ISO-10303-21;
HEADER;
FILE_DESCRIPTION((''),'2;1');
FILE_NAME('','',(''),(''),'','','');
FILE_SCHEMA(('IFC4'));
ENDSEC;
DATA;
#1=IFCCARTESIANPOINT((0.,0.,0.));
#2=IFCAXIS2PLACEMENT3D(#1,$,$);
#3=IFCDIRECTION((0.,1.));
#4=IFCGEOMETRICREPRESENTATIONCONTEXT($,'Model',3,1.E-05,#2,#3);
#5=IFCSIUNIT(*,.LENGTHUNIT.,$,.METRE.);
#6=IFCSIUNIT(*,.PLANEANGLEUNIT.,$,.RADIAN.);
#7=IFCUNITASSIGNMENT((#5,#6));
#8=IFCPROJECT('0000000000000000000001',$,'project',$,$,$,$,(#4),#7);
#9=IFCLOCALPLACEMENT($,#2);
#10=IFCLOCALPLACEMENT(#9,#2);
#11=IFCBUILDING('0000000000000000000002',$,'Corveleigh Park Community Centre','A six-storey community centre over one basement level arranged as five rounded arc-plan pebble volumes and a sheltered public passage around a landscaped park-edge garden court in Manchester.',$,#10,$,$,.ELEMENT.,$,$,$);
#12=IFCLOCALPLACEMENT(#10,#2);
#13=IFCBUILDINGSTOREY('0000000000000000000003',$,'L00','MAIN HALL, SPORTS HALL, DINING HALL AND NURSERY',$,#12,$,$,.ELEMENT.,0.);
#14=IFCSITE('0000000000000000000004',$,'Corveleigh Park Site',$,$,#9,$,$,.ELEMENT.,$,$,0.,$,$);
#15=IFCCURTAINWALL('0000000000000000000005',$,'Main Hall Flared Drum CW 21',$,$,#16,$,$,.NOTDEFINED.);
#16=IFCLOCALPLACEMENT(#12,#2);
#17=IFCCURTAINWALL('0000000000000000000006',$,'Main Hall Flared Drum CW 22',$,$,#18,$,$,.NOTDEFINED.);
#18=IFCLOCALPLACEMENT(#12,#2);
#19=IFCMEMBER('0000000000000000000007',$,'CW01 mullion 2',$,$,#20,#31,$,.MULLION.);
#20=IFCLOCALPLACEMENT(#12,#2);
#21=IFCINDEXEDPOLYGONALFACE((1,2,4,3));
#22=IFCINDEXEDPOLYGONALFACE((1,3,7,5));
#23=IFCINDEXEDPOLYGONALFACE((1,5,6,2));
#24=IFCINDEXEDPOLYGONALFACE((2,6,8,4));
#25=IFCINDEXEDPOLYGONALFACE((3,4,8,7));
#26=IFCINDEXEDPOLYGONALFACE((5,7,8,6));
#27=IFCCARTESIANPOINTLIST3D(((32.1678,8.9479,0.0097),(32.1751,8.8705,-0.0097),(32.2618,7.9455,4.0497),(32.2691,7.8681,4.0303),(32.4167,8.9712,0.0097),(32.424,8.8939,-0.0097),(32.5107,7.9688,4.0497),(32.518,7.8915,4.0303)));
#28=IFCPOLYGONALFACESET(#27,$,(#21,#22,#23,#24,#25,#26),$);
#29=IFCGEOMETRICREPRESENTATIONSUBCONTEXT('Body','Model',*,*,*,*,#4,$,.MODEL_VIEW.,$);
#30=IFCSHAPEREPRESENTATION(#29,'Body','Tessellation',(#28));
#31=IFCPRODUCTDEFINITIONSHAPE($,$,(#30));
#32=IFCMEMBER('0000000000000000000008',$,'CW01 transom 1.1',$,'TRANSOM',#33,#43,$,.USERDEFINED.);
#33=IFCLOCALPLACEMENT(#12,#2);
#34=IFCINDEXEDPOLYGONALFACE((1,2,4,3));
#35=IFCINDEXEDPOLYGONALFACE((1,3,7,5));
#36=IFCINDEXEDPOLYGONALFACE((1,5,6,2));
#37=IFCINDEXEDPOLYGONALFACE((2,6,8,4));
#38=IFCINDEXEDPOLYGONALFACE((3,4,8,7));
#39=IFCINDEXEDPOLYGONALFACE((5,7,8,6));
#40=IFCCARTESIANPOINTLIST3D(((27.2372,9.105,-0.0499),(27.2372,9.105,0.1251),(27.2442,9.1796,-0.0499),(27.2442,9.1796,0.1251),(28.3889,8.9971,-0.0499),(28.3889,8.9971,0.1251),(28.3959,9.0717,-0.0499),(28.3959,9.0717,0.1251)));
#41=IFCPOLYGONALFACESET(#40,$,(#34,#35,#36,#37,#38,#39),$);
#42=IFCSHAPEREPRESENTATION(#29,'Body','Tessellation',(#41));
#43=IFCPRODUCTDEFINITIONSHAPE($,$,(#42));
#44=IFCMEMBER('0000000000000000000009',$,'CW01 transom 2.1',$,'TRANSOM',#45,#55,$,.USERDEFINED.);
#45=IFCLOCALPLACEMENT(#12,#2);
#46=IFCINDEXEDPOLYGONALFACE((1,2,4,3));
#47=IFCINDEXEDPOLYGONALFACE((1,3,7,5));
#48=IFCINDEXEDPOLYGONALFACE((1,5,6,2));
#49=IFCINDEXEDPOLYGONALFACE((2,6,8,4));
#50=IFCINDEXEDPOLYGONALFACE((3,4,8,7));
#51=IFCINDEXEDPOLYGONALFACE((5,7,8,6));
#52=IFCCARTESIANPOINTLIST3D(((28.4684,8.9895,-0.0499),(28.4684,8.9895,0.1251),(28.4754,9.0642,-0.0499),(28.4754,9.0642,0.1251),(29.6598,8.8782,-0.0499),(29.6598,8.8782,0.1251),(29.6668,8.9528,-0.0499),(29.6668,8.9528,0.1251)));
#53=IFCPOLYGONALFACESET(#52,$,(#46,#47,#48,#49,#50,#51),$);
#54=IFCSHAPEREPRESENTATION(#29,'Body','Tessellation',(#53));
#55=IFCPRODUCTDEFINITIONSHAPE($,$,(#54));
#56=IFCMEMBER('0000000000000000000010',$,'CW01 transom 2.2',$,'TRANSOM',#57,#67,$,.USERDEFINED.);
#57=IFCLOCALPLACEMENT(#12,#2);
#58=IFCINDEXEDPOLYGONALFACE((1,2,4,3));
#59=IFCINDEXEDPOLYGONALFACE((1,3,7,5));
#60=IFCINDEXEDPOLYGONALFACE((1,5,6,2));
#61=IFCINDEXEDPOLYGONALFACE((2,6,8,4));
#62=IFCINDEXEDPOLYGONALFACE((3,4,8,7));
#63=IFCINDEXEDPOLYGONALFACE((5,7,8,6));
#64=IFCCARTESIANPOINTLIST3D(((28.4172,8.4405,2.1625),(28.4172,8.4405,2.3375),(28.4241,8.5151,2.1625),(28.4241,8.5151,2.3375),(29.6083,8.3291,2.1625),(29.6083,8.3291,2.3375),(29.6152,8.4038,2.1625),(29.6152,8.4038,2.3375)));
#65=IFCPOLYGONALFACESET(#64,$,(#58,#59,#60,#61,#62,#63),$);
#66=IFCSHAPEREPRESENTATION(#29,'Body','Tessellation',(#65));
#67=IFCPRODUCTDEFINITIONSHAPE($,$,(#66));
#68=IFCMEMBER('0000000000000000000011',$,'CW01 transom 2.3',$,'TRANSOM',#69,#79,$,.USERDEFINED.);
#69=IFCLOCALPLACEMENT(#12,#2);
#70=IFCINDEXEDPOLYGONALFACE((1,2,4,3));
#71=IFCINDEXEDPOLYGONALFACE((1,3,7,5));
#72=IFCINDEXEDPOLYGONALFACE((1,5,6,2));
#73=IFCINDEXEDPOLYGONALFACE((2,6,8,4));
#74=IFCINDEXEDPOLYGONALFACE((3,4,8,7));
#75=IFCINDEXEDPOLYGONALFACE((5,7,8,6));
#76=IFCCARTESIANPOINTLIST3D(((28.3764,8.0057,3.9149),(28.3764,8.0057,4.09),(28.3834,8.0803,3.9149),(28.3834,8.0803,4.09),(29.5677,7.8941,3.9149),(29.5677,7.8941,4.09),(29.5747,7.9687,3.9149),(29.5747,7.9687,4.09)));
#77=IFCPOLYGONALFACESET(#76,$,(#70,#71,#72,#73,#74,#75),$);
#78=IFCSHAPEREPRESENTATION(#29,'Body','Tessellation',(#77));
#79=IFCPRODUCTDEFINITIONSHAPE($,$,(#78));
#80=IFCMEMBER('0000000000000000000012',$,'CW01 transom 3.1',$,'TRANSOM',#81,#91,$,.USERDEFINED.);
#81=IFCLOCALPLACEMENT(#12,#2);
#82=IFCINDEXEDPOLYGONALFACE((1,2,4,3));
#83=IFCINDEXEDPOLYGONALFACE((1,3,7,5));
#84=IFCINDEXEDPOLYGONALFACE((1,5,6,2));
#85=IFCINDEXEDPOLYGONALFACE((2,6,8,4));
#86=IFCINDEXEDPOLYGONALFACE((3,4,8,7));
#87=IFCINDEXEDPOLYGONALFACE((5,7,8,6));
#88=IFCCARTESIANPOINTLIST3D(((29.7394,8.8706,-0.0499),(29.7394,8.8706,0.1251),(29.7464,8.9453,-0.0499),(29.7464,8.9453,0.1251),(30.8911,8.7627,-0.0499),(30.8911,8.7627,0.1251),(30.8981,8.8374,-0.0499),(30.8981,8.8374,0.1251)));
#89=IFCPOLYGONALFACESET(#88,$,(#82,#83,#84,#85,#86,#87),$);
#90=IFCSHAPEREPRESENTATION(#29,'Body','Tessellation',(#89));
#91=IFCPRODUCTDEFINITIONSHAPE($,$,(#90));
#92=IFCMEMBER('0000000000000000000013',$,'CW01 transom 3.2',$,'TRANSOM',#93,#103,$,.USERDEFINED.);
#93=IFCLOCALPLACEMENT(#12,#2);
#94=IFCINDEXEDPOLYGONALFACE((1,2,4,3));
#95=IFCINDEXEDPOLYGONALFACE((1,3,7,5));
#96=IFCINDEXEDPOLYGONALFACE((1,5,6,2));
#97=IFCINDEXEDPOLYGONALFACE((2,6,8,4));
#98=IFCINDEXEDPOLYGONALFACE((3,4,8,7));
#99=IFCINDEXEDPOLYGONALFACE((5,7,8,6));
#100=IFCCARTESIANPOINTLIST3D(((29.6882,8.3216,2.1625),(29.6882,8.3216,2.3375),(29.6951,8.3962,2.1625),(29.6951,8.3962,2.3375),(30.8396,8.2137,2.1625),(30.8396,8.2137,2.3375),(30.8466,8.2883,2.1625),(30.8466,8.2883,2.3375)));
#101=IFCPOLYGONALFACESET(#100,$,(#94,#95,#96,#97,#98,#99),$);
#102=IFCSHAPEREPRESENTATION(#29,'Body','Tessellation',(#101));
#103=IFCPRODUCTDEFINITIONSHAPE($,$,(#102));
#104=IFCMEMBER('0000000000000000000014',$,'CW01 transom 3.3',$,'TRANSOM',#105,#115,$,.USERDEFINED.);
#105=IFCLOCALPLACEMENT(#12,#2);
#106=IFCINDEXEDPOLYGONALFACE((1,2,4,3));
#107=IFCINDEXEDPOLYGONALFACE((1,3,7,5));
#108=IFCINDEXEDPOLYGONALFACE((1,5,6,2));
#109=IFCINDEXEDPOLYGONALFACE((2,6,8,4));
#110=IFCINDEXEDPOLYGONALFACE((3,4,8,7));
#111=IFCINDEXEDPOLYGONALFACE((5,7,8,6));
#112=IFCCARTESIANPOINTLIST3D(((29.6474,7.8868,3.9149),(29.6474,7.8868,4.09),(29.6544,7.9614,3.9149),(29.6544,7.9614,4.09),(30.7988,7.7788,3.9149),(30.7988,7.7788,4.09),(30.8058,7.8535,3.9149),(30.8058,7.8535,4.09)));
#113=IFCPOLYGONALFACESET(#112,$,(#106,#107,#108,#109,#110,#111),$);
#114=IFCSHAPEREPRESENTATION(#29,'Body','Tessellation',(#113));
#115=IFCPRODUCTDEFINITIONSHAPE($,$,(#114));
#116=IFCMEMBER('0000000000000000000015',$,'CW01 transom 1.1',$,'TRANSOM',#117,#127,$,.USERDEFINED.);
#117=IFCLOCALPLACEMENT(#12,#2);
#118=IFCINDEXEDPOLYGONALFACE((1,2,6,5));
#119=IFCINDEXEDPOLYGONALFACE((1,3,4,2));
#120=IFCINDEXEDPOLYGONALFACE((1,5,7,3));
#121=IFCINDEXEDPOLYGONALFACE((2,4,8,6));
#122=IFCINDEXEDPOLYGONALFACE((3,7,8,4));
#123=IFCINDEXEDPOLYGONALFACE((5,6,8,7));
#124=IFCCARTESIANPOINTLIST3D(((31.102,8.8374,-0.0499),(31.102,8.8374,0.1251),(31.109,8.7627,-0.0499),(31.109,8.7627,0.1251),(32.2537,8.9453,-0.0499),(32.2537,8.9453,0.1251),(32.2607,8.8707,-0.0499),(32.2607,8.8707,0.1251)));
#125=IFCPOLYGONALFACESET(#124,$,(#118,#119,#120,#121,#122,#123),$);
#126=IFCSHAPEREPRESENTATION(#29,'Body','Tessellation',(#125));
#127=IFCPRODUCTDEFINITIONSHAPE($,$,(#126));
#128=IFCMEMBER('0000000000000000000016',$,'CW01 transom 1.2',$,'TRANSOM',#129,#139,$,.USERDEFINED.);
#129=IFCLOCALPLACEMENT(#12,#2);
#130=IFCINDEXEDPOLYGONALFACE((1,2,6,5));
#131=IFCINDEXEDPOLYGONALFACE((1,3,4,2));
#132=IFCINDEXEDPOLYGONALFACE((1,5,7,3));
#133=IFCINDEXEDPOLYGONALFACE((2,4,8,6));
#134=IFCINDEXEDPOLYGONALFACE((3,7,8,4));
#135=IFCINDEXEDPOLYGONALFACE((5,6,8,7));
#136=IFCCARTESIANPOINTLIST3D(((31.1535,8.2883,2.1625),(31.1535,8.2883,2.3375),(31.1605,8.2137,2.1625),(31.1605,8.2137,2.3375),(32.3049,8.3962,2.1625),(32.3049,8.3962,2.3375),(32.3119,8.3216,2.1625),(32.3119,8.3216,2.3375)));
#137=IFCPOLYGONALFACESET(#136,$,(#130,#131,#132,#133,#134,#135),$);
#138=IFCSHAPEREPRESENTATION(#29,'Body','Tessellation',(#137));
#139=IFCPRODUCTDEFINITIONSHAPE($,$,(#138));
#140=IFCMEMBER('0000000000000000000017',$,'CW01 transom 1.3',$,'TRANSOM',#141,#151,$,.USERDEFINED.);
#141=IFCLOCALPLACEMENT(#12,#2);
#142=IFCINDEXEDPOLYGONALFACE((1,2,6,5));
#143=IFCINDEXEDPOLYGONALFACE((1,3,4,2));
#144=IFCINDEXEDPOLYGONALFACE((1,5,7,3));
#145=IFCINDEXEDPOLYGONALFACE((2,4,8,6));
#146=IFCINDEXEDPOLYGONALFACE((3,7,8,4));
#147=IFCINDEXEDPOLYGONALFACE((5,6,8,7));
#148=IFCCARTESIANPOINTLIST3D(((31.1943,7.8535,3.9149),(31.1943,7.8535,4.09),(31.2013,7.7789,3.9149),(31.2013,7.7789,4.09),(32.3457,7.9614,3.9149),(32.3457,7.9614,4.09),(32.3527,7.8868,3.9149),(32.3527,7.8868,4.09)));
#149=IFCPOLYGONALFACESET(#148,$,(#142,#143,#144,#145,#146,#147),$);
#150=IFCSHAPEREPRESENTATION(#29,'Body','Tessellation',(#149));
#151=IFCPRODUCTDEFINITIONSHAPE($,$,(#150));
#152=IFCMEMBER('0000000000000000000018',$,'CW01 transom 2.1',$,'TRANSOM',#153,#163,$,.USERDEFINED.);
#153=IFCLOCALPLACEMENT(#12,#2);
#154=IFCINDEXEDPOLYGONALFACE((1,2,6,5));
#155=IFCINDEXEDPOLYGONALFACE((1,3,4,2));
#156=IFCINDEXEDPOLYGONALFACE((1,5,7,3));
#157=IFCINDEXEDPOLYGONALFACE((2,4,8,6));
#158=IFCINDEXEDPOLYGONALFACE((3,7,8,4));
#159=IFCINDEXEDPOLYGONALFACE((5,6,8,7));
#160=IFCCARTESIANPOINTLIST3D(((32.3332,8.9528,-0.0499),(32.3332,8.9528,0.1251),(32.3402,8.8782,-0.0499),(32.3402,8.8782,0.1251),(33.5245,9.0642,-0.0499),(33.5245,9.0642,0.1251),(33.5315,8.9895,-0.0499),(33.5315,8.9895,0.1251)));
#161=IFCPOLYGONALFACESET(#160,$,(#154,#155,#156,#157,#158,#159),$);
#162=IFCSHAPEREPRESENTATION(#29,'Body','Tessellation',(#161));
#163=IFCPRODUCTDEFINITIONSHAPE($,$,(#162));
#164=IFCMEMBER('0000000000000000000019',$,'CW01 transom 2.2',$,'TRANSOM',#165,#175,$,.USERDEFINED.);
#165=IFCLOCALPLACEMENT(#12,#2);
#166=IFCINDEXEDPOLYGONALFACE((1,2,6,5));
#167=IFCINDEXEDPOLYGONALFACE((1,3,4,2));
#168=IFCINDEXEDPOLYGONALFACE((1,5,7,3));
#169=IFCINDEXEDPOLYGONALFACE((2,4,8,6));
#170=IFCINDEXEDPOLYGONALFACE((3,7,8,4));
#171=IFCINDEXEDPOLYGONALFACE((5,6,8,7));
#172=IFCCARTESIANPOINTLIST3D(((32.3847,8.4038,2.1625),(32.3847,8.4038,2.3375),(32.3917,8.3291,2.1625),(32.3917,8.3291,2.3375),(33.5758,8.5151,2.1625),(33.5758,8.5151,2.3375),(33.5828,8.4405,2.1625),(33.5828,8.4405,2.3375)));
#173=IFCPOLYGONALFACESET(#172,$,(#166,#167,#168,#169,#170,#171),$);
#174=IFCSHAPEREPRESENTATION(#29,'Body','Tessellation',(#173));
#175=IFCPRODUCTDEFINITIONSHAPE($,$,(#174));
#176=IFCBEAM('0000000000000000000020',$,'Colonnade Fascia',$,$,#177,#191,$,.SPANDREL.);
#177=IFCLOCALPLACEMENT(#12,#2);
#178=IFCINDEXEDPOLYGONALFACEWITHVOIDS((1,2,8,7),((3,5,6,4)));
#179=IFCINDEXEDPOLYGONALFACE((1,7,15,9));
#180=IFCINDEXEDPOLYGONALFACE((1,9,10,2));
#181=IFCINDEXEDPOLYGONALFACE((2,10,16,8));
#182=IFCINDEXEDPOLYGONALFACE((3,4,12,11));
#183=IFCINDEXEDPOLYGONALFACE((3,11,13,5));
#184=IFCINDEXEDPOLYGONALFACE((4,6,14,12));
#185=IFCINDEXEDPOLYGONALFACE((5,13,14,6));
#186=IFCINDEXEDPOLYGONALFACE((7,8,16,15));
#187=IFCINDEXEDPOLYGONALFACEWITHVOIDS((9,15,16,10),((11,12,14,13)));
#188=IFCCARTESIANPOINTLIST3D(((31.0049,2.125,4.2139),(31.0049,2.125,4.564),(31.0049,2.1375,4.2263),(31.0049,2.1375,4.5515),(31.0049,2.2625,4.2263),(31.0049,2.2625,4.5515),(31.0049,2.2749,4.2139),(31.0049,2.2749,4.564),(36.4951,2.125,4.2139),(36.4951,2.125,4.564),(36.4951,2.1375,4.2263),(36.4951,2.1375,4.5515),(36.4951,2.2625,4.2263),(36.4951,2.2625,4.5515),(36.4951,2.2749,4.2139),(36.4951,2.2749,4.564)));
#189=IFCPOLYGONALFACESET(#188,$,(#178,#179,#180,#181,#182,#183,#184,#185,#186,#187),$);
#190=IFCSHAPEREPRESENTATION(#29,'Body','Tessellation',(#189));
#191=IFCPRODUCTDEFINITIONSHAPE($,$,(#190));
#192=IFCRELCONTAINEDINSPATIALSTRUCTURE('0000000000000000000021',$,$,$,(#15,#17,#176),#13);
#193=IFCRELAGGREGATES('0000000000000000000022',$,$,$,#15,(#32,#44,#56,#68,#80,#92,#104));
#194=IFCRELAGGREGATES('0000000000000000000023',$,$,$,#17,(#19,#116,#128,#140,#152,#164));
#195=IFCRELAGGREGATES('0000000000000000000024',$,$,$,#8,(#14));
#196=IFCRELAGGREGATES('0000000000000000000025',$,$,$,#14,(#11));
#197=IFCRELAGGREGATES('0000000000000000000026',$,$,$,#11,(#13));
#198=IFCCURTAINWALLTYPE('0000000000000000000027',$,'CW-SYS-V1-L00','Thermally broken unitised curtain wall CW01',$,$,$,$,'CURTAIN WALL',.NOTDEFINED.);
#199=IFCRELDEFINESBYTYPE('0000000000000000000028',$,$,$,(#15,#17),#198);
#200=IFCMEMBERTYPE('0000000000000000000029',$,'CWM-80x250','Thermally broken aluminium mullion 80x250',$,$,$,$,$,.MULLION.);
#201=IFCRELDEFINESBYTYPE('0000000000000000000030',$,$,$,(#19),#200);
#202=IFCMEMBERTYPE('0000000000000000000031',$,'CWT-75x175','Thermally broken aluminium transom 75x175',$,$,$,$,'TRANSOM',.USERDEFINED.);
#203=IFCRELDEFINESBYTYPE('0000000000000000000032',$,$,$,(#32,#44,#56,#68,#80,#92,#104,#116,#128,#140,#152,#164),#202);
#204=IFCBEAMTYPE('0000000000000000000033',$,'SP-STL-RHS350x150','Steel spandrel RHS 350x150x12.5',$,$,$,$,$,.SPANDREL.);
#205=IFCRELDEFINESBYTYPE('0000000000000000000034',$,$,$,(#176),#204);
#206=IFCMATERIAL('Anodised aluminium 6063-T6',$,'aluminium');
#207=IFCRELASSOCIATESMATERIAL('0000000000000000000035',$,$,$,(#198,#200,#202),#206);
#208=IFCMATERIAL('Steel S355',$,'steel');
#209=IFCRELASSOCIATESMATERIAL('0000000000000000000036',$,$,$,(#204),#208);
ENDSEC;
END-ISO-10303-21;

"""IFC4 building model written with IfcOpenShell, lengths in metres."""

from ifc_helpers import new_model, si_unit, direction, frame, origin, origin_2d, place, context, subcontext, project, spatial, rectangle, hollow_rectangle, extrude, material, material_profile, profile_set, type_object, element, aggregate, save


model = new_model("IFC4")

# Units and contexts
model_context = context("Model", 3, precision=1e-05, world=origin(), true_north=direction((0.0, 1.0)))
body_context = subcontext(model_context, "Body", "Model", "MODEL_VIEW")
ifc_project = project(units=[si_unit("LENGTHUNIT", "METRE"), si_unit("PLANEANGLEUNIT", "RADIAN")], contexts=[model_context])

# Site, building, storey
site_placement = place(None, origin())
site = spatial("IfcSite", under=ifc_project, at=site_placement, Name="Corveleigh Park Site", CompositionType="ELEMENT", RefElevation=0.0)
building_placement = place(site_placement, origin())
building = spatial("IfcBuilding", under=site, at=building_placement, Name="Corveleigh Park Community Centre", Description="A six-storey community centre over one basement level arranged as five rounded arc-plan pebble volumes and a sheltered public passage around a landscaped park-edge garden court in Manchester.", CompositionType="ELEMENT")
storey_placement = place(building_placement, origin())
storey = spatial("IfcBuildingStorey", under=building, at=storey_placement, Name="L00", Description="MAIN HALL, SPORTS HALL, DINING HALL AND NURSERY", CompositionType="ELEMENT", Elevation=0.0)

# Shared definitions
ifc_material_1 = material(Name="Steel S355", Category="steel")

# Curtain walls, member
ifc_material_2 = material(Name="Anodised aluminium 6063-T6", Category="aluminium")
curtain_wall_type = type_object("IfcCurtainWallType", Name="CW-SYS-V1-L00", Description="Thermally broken unitised curtain wall CW01", ElementType="CURTAIN WALL", PredefinedType="NOTDEFINED", material=ifc_material_2)
curtain_wall_1_placement = place(storey_placement, origin())
curtain_wall_1 = element("IfcCurtainWall", 1, at=curtain_wall_1_placement, inside=storey, type_object=curtain_wall_type, Name="Main Hall Flared Drum CW 21", PredefinedType="NOTDEFINED")
ifc_material_profile_1 = material_profile(ifc_material_2, rectangle(XDim=0.0801, YDim=0.25, at=origin_2d()), Name="ALU-M80x250", Category="aluminium")
ifc_profile_set_1 = profile_set([ifc_material_profile_1], Name="Anodised aluminium 6063-T6")
member_type_1 = type_object("IfcMemberType", Name="CWM-80x250", Description="Thermally broken aluminium mullion 80x250", PredefinedType="MULLION", material=ifc_profile_set_1)
curtain_wall_2_placement = place(storey_placement, origin())
curtain_wall_2 = element("IfcCurtainWall", 2, at=curtain_wall_2_placement, inside=storey, type_object=curtain_wall_type, Name="Main Hall Flared Drum CW 22", PredefinedType="NOTDEFINED")
member_1_placement = place(storey_placement, frame((32.2959, 8.9209, 0.0), z_axis=(0.022575, -0.240763, 0.970321), x_axis=(-0.090585, 0.966084, 0.241819)))
member_1 = element("IfcMember", 3, at=member_1_placement, type_object=member_type_1, Name="CW01 mullion 2", PredefinedType="MULLION", context=body_context, shape_type="SweptSolid", body=[
    extrude(rectangle(XDim=0.0801, YDim=0.25, at=origin_2d()), origin(), (0.0, 0.0, 1.0), 4.1636),
])

# Members
ifc_material_profile_2 = material_profile(ifc_material_2, rectangle(XDim=0.075, YDim=0.175, at=origin_2d()), Name="ALU-T75x175", Category="aluminium")
ifc_profile_set_2 = profile_set([ifc_material_profile_2], Name="Anodised aluminium 6063-T6")
member_type_2 = type_object("IfcMemberType", Name="CWT-75x175", Description="Thermally broken aluminium transom 75x175", ElementType="TRANSOM", PredefinedType="USERDEFINED", material=ifc_profile_set_2)
member_2_placement = place(storey_placement, frame((27.2407, 9.1423, 0.0376), z_axis=(0.995639, -0.093295, 0.0), x_axis=(0.093295, 0.995639, 0.0)))
member_2 = element("IfcMember", 4, at=member_2_placement, type_object=member_type_2, Name="CW01 transom 1.1", ObjectType="TRANSOM", PredefinedType="USERDEFINED", context=body_context, shape_type="SweptSolid", body=[
    extrude(rectangle(XDim=0.075, YDim=0.175, at=origin_2d()), origin(), (0.0, 0.0, 1.0), 1.1567),
])
member_3_placement = place(storey_placement, frame((28.4719, 9.0269, 0.0376), z_axis=(0.995663, -0.093037, 0.0), x_axis=(0.093037, 0.995663, 0.0)))
member_3 = element("IfcMember", 5, at=member_3_placement, type_object=member_type_2, Name="CW01 transom 2.1", ObjectType="TRANSOM", PredefinedType="USERDEFINED", context=body_context, shape_type="SweptSolid", body=[
    extrude(rectangle(XDim=0.075, YDim=0.175, at=origin_2d()), origin(), (0.0, 0.0, 1.0), 1.1965),
])
member_4_placement = place(storey_placement, frame((28.4207, 8.4778, 2.25), z_axis=(0.995661, -0.093056, 0.0), x_axis=(0.093056, 0.995661, 0.0)))
member_4 = element("IfcMember", 6, at=member_4_placement, type_object=member_type_2, Name="CW01 transom 2.2", ObjectType="TRANSOM", PredefinedType="USERDEFINED", context=body_context, shape_type="SweptSolid", body=[
    extrude(rectangle(XDim=0.075, YDim=0.175, at=origin_2d()), origin(), (0.0, 0.0, 1.0), 1.1963),
])
member_5_placement = place(storey_placement, frame((28.3799, 8.043, 4.0024), z_axis=(0.995644, -0.09324, 0.0), x_axis=(0.09324, 0.995644, 0.0)))
member_5 = element("IfcMember", 7, at=member_5_placement, type_object=member_type_2, Name="CW01 transom 2.3", ObjectType="TRANSOM", PredefinedType="USERDEFINED", context=body_context, shape_type="SweptSolid", body=[
    extrude(rectangle(XDim=0.075, YDim=0.175, at=origin_2d()), origin(), (0.0, 0.0, 1.0), 1.1965),
])
member_6_placement = place(storey_placement, frame((29.7429, 8.908, 0.0376), z_axis=(0.995639, -0.093295, 0.0), x_axis=(0.093295, 0.995639, 0.0)))
member_6 = element("IfcMember", 8, at=member_6_placement, type_object=member_type_2, Name="CW01 transom 3.1", ObjectType="TRANSOM", PredefinedType="USERDEFINED", context=body_context, shape_type="SweptSolid", body=[
    extrude(rectangle(XDim=0.075, YDim=0.175, at=origin_2d()), origin(), (0.0, 0.0, 1.0), 1.1567),
])
member_7_placement = place(storey_placement, frame((29.6917, 8.3589, 2.25), z_axis=(0.995637, -0.093315, 0.0), x_axis=(0.093315, 0.995637, 0.0)))
member_7 = element("IfcMember", 9, at=member_7_placement, type_object=member_type_2, Name="CW01 transom 3.2", ObjectType="TRANSOM", PredefinedType="USERDEFINED", context=body_context, shape_type="SweptSolid", body=[
    extrude(rectangle(XDim=0.075, YDim=0.175, at=origin_2d()), origin(), (0.0, 0.0, 1.0), 1.1565),
])
member_8_placement = place(storey_placement, frame((29.6509, 7.9241, 4.0024), z_axis=(0.995637, -0.093315, 0.0), x_axis=(0.093315, 0.995637, 0.0)))
member_8 = element("IfcMember", 10, at=member_8_placement, type_object=member_type_2, Name="CW01 transom 3.3", ObjectType="TRANSOM", PredefinedType="USERDEFINED", context=body_context, shape_type="SweptSolid", body=[
    extrude(rectangle(XDim=0.075, YDim=0.175, at=origin_2d()), origin(), (0.0, 0.0, 1.0), 1.1565),
])
member_9_placement = place(storey_placement, frame((31.1055, 8.8, 0.0376), z_axis=(0.995639, 0.093295, 0.0), x_axis=(-0.093295, 0.995639, 0.0)))
member_9 = element("IfcMember", 11, at=member_9_placement, type_object=member_type_2, Name="CW01 transom 1.1", ObjectType="TRANSOM", PredefinedType="USERDEFINED", context=body_context, shape_type="SweptSolid", body=[
    extrude(rectangle(XDim=0.075, YDim=0.175, at=origin_2d()), origin(), (0.0, 0.0, 1.0), 1.1567),
])
member_10_placement = place(storey_placement, frame((31.157, 8.251, 2.25), z_axis=(0.995637, 0.093315, 0.0), x_axis=(-0.093315, 0.995637, 0.0)))
member_10 = element("IfcMember", 12, at=member_10_placement, type_object=member_type_2, Name="CW01 transom 1.2", ObjectType="TRANSOM", PredefinedType="USERDEFINED", context=body_context, shape_type="SweptSolid", body=[
    extrude(rectangle(XDim=0.075, YDim=0.175, at=origin_2d()), origin(), (0.0, 0.0, 1.0), 1.1565),
])
member_11_placement = place(storey_placement, frame((31.1978, 7.8162, 4.0024), z_axis=(0.995637, 0.093315, 0.0), x_axis=(-0.093315, 0.995637, 0.0)))
member_11 = element("IfcMember", 13, at=member_11_placement, type_object=member_type_2, Name="CW01 transom 1.3", ObjectType="TRANSOM", PredefinedType="USERDEFINED", context=body_context, shape_type="SweptSolid", body=[
    extrude(rectangle(XDim=0.075, YDim=0.175, at=origin_2d()), origin(), (0.0, 0.0, 1.0), 1.1565),
])
member_12_placement = place(storey_placement, frame((32.3367, 8.9155, 0.0376), z_axis=(0.995663, 0.093037, 0.0), x_axis=(-0.093037, 0.995663, 0.0)))
member_12 = element("IfcMember", 14, at=member_12_placement, type_object=member_type_2, Name="CW01 transom 2.1", ObjectType="TRANSOM", PredefinedType="USERDEFINED", context=body_context, shape_type="SweptSolid", body=[
    extrude(rectangle(XDim=0.075, YDim=0.175, at=origin_2d()), origin(), (0.0, 0.0, 1.0), 1.1965),
])
member_13_placement = place(storey_placement, frame((32.3882, 8.3665, 2.25), z_axis=(0.995661, 0.093056, 0.0), x_axis=(-0.093056, 0.995661, 0.0)))
member_13 = element("IfcMember", 15, at=member_13_placement, type_object=member_type_2, Name="CW01 transom 2.2", ObjectType="TRANSOM", PredefinedType="USERDEFINED", context=body_context, shape_type="SweptSolid", body=[
    extrude(rectangle(XDim=0.075, YDim=0.175, at=origin_2d()), origin(), (0.0, 0.0, 1.0), 1.1963),
])

# Beam
ifc_material_profile_3 = material_profile(ifc_material_1, hollow_rectangle(XDim=0.1499, YDim=0.3501, WallThickness=0.0125, at=origin_2d()), Name="RHS 350x150x12.5", Category="steel")
ifc_profile_set_3 = profile_set([ifc_material_profile_3], Name="Steel S355")
beam_type_1 = type_object("IfcBeamType", Name="SP-STL-RHS350x150", Description="Steel spandrel RHS 350x150x12.5", PredefinedType="SPANDREL", material=ifc_profile_set_3)
beam_1_placement = place(storey_placement, frame((31.0049, 2.2, 4.3889), z_axis=(1.0, 0.0, 0.0), x_axis=(0.0, 1.0, 0.0)))
element("IfcBeam", 16, at=beam_1_placement, inside=storey, type_object=beam_type_1, Name="Colonnade Fascia", PredefinedType="SPANDREL", context=body_context, shape_type="SweptSolid", body=[
    extrude(hollow_rectangle(XDim=0.1499, YDim=0.3501, WallThickness=0.0125, at=origin_2d()), origin(), (0.0, 0.0, 1.0), 5.4902),
])

aggregate(curtain_wall_1, [member_2, member_3, member_4, member_5, member_6, member_7, member_8])
aggregate(curtain_wall_2, [member_1, member_9, member_10, member_11, member_12, member_13])

save(model, "model.ifc")
